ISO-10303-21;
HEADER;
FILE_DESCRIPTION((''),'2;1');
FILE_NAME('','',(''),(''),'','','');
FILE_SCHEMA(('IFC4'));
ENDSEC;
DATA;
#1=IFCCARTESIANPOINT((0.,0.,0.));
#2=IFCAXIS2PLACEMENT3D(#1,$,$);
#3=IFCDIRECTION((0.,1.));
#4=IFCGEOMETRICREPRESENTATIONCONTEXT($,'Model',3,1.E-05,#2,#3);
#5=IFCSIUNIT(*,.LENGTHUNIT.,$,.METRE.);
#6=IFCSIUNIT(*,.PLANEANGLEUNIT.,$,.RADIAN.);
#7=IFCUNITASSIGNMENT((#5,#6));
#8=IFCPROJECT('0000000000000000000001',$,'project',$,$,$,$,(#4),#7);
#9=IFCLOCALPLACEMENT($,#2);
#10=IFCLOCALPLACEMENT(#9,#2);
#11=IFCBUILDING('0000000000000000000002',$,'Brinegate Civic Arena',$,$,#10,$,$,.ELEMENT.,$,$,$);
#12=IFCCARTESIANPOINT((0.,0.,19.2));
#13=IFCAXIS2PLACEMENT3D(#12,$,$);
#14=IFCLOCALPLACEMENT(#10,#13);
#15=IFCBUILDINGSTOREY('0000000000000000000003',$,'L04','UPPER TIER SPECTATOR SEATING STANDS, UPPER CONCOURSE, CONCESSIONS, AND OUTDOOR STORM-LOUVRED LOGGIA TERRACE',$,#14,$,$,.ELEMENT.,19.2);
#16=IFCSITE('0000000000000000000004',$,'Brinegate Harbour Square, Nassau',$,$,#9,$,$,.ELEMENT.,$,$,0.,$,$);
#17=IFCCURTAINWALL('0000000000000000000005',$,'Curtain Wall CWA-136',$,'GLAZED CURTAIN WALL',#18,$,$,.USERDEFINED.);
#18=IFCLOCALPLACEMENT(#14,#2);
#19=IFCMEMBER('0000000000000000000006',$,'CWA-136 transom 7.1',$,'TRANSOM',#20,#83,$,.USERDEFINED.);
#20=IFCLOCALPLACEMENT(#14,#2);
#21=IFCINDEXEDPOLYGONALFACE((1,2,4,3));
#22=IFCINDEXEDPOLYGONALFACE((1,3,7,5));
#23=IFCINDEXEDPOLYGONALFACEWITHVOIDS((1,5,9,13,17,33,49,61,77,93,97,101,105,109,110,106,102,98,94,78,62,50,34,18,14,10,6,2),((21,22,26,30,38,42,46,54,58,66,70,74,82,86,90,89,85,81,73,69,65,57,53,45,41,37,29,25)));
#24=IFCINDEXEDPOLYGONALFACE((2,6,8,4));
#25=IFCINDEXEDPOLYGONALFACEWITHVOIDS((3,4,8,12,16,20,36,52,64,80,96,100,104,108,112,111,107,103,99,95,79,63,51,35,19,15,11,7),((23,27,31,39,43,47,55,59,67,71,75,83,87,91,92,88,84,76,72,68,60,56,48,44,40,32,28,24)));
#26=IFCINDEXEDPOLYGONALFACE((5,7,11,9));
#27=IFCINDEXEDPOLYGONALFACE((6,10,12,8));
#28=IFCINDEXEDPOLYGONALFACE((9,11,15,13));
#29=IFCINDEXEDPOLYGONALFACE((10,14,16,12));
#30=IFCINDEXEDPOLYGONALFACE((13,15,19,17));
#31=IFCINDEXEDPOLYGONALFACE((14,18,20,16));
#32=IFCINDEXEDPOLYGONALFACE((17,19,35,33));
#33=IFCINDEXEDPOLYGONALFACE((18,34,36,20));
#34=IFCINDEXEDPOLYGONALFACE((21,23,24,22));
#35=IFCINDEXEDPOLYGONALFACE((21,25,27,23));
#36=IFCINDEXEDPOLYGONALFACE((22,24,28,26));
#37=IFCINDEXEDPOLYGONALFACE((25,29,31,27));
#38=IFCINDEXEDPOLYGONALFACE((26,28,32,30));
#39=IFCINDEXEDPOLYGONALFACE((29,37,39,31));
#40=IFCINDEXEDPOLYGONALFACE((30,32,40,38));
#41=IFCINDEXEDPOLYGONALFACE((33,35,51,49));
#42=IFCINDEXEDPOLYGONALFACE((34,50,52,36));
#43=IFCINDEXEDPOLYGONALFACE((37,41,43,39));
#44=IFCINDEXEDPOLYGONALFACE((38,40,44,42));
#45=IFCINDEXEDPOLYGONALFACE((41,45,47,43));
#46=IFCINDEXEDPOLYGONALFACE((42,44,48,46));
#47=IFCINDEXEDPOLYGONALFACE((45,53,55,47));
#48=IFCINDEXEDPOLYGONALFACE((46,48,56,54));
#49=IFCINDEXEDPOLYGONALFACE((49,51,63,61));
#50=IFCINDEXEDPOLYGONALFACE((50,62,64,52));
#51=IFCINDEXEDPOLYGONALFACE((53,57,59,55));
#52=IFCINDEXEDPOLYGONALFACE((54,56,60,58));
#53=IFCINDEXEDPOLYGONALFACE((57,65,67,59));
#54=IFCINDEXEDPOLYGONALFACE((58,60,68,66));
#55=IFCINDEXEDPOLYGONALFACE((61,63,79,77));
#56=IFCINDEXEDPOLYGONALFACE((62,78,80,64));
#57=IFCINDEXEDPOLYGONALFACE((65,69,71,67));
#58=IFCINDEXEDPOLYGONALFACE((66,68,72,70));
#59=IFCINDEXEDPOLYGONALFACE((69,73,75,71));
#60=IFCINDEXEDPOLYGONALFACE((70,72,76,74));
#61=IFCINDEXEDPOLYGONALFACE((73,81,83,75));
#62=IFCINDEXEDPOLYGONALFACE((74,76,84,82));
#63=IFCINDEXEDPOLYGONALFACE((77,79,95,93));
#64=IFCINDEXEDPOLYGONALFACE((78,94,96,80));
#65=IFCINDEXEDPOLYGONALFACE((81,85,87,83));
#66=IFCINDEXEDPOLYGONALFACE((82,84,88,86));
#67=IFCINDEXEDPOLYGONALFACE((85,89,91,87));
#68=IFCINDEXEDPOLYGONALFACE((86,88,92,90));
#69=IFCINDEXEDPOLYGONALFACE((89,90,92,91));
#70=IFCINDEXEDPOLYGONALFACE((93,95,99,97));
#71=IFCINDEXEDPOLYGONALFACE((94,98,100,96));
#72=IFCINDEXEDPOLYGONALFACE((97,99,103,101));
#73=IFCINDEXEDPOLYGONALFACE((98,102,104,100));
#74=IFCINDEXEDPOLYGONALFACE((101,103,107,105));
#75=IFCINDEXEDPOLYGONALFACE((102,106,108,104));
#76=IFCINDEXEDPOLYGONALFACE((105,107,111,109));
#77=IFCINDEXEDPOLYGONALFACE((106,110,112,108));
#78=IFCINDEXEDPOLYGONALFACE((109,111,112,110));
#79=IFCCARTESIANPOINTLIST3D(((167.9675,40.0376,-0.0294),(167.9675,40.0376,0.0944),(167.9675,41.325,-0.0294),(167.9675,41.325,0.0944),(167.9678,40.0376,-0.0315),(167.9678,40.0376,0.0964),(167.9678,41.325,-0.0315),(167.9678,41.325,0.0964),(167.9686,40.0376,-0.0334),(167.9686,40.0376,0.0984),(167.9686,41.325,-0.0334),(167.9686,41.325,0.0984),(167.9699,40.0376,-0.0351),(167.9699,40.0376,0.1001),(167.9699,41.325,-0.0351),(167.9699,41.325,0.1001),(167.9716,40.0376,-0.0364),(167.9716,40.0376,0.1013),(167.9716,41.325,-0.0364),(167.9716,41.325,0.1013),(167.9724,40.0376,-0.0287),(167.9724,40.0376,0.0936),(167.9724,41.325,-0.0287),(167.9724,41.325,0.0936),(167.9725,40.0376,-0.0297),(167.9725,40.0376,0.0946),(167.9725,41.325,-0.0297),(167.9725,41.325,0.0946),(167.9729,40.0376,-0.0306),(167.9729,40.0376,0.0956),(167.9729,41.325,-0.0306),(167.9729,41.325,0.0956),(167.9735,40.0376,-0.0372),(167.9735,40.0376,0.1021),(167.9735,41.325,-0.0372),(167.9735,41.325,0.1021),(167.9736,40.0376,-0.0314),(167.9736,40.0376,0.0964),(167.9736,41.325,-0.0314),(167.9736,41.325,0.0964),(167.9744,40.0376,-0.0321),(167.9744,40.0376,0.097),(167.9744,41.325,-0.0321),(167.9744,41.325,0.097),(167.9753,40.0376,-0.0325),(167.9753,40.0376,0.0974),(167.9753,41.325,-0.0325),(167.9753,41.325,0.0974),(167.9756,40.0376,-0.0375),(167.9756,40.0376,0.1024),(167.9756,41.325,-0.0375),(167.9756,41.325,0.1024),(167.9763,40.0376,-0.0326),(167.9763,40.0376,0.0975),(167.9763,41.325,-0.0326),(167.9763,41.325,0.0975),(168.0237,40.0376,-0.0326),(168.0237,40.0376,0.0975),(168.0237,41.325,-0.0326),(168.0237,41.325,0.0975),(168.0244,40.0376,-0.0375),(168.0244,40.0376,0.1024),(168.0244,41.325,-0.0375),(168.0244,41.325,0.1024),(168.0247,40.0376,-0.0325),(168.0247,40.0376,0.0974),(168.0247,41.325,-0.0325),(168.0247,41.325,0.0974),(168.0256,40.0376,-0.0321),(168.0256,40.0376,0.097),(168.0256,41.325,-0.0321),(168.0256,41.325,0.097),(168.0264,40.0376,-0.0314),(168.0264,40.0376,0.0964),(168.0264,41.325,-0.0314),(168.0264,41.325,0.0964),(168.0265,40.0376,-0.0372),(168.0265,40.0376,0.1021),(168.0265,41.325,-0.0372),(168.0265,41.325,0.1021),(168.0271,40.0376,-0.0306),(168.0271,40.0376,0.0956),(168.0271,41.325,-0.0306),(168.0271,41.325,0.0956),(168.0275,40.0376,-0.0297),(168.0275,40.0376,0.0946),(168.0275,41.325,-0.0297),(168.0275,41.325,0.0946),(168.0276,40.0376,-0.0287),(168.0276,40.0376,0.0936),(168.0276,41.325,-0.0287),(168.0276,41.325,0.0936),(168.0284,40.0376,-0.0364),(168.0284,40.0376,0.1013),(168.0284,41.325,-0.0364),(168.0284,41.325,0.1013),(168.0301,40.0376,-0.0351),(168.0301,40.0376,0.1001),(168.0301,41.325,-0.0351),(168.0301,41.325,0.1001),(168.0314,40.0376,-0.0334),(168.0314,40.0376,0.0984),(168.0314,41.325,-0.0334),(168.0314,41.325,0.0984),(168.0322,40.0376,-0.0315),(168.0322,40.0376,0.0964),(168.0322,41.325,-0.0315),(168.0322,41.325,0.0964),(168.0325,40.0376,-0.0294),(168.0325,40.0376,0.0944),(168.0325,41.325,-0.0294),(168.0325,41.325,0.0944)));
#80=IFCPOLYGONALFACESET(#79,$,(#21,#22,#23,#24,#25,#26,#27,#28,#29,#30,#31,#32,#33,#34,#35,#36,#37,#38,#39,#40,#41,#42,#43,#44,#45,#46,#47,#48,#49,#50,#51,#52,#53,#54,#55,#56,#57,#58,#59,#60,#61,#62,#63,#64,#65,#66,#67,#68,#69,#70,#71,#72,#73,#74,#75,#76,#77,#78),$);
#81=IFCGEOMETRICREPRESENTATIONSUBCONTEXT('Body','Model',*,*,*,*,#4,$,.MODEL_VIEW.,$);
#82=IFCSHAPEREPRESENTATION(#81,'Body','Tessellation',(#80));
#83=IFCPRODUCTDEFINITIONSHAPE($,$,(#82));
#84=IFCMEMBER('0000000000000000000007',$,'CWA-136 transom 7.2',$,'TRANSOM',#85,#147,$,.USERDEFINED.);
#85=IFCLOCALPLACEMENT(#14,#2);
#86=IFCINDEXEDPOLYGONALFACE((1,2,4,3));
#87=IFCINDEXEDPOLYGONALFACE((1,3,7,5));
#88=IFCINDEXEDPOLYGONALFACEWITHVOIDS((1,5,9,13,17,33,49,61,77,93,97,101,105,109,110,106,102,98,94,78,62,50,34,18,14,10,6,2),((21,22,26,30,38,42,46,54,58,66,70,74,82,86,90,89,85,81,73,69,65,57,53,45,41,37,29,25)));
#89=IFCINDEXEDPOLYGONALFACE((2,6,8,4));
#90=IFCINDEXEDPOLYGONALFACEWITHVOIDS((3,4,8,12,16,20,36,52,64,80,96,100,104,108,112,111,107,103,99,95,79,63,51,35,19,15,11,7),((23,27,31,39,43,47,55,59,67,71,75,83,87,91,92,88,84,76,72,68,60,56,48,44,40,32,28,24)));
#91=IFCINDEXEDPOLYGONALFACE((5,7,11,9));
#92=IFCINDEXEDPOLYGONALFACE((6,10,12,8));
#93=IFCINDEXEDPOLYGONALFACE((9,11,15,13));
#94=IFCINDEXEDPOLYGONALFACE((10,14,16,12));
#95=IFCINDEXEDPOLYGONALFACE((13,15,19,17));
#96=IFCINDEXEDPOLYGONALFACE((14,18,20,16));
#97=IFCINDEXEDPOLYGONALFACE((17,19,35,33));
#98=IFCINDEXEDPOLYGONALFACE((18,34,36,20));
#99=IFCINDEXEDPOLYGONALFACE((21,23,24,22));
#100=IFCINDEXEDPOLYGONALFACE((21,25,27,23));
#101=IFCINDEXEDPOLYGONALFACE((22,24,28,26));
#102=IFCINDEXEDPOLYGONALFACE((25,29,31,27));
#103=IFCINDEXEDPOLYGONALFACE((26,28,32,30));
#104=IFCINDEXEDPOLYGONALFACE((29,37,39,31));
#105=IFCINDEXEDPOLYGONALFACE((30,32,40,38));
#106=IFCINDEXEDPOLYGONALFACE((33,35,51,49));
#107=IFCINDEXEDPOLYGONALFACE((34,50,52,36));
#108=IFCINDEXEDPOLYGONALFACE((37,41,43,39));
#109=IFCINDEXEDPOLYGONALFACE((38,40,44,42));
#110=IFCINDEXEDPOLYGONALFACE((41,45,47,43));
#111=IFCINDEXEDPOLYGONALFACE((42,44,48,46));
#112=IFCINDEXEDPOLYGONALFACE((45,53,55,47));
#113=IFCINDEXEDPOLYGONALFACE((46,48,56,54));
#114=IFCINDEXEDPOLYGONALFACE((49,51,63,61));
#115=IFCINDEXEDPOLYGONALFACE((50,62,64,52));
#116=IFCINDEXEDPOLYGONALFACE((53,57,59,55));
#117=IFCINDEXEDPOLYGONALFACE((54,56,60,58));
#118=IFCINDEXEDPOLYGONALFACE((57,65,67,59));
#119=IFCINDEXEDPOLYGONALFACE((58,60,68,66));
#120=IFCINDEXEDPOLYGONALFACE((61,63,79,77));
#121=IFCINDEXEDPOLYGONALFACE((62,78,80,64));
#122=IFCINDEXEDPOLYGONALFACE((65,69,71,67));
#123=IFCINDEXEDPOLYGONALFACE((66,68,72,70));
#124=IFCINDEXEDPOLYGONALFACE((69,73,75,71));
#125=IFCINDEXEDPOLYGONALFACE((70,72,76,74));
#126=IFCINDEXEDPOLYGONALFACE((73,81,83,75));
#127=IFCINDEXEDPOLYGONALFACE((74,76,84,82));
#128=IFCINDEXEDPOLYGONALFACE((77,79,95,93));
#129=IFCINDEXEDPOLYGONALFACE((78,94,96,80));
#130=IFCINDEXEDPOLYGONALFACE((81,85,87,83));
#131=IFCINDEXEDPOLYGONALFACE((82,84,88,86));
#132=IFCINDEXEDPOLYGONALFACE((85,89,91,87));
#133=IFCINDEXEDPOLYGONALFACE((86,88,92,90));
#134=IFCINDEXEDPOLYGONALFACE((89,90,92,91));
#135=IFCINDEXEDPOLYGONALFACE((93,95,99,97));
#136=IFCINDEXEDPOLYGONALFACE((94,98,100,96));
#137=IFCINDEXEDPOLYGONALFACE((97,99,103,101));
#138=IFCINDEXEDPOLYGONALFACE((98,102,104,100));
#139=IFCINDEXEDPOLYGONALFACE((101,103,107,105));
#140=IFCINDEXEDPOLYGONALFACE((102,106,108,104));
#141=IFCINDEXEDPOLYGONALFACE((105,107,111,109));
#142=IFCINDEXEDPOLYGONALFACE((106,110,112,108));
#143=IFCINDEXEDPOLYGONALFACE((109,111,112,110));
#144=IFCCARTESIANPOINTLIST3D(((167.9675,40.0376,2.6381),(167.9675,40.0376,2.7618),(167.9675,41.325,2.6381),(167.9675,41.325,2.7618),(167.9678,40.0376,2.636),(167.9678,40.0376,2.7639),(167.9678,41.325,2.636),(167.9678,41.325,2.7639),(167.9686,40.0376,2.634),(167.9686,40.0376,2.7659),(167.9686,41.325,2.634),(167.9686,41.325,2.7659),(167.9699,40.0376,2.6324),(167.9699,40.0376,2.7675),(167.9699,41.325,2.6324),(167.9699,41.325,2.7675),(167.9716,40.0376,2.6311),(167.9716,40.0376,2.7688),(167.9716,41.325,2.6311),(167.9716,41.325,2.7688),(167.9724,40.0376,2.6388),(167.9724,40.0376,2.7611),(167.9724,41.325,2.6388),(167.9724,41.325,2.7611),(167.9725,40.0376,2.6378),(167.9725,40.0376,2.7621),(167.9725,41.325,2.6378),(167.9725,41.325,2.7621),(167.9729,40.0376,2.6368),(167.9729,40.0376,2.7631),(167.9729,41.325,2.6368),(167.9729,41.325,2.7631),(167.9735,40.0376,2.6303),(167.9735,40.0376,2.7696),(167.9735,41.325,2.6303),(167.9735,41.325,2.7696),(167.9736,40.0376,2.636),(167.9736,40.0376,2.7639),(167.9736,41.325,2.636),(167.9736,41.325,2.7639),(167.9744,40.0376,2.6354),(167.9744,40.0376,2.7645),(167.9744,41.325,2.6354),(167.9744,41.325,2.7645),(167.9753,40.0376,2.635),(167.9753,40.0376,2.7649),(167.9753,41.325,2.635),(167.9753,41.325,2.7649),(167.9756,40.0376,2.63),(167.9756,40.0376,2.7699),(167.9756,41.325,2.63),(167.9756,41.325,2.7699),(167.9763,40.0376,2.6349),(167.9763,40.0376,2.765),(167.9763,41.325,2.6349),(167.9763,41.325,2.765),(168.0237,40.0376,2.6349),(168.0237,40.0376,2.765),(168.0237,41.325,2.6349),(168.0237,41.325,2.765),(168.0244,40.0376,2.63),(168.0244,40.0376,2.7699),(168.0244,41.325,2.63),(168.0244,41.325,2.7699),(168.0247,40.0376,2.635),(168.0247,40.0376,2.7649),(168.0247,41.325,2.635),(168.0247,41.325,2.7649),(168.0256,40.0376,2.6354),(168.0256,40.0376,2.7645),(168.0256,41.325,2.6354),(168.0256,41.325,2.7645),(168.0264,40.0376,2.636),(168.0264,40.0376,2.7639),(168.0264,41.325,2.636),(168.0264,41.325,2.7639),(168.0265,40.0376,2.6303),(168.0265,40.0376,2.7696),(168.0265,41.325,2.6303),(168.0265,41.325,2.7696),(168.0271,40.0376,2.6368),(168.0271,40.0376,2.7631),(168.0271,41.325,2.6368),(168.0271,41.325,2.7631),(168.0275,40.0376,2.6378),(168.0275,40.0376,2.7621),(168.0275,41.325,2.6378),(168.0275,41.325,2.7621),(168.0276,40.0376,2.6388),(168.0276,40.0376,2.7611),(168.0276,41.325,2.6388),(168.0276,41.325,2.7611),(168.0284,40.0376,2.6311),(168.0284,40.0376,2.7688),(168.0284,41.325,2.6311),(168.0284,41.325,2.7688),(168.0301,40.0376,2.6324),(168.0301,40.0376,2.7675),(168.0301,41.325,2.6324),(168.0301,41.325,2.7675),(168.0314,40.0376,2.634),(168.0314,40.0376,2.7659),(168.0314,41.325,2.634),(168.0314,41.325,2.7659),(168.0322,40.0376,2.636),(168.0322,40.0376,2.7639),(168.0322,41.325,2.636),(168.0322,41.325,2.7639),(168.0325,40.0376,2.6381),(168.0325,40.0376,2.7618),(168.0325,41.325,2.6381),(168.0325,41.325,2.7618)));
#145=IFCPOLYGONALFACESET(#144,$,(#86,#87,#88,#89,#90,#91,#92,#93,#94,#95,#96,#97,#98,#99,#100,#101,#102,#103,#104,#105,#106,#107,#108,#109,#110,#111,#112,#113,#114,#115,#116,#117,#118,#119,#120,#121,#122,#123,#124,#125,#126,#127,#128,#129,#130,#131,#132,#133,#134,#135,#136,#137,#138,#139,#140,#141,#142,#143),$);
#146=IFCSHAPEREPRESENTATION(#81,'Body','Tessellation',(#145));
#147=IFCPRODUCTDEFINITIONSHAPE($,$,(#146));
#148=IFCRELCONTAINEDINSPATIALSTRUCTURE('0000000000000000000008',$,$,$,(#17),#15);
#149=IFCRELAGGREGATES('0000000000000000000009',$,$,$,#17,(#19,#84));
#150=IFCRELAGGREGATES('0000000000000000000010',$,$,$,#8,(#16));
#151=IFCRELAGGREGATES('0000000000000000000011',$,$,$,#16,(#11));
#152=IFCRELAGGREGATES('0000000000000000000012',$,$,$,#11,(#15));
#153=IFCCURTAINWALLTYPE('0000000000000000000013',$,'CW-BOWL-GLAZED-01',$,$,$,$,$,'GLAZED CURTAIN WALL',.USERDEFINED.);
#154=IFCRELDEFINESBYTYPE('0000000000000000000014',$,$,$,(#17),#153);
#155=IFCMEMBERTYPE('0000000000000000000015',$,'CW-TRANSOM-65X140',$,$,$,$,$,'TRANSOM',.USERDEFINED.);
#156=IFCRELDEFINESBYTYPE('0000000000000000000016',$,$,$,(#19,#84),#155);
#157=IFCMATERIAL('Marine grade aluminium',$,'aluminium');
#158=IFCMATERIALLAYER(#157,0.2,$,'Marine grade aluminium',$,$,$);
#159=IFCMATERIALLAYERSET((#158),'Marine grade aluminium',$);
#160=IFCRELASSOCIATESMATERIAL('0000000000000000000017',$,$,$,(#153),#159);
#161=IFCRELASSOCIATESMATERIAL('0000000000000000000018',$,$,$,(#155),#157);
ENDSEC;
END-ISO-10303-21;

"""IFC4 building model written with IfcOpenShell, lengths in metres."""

from ifc_helpers import new_model, si_unit, direction, frame, origin, origin_2d, place, context, subcontext, project, spatial, hollow_rectangle, extrude, material, layer, layer_set, material_profile, profile_set, type_object, element, aggregate, save


model = new_model("IFC4")

# Units and contexts
model_context = context("Model", 3, precision=1e-05, world=origin(), true_north=direction((0.0, 1.0)))
body_context = subcontext(model_context, "Body", "Model", "MODEL_VIEW")
ifc_project = project(units=[si_unit("LENGTHUNIT", "METRE"), si_unit("PLANEANGLEUNIT", "RADIAN")], contexts=[model_context])

# Site, building, storey
site_placement = place(None, origin())
site = spatial("IfcSite", under=ifc_project, at=site_placement, Name="Brinegate Harbour Square, Nassau", CompositionType="ELEMENT", RefElevation=0.0)
building_placement = place(site_placement, origin())
building = spatial("IfcBuilding", under=site, at=building_placement, Name="Brinegate Civic Arena", CompositionType="ELEMENT")
storey_placement = place(building_placement, frame((0.0, 0.0, 19.2)))
storey = spatial("IfcBuildingStorey", under=building, at=storey_placement, Name="L04", Description="UPPER TIER SPECTATOR SEATING STANDS, UPPER CONCOURSE, CONCESSIONS, AND OUTDOOR STORM-LOUVRED LOGGIA TERRACE", CompositionType="ELEMENT", Elevation=19.2)

# Curtain wall, members
ifc_material_1 = material(Name="Marine grade aluminium", Category="aluminium")
ifc_layer_1 = layer(ifc_material_1, 0.2, Name="Marine grade aluminium")
ifc_layer_set_1 = layer_set([ifc_layer_1], Name="Marine grade aluminium")
curtain_wall_type = type_object("IfcCurtainWallType", Name="CW-BOWL-GLAZED-01", ElementType="GLAZED CURTAIN WALL", PredefinedType="USERDEFINED", material=ifc_layer_set_1)
curtain_wall_placement = place(storey_placement, origin())
curtain_wall = element("IfcCurtainWall", 1, at=curtain_wall_placement, inside=storey, type_object=curtain_wall_type, Name="Curtain Wall CWA-136", ObjectType="GLAZED CURTAIN WALL", PredefinedType="USERDEFINED")
ifc_material_profile_1 = material_profile(ifc_material_1, hollow_rectangle(XDim=0.0649, YDim=0.1399, WallThickness=0.0049, InnerFilletRadius=0.0039, OuterFilletRadius=0.0081, at=origin_2d()), Name="TRN65X140")
ifc_profile_set_1 = profile_set([ifc_material_profile_1], Name="Marine grade aluminium")
member_type_1 = type_object("IfcMemberType", Name="CW-TRANSOM-65X140", ElementType="TRANSOM", PredefinedType="USERDEFINED", material=ifc_profile_set_1)
member_1_placement = place(storey_placement, frame((168.0, 40.0376, 0.0325), z_axis=(0.0, 1.0, 0.0), x_axis=(-1.0, 0.0, 0.0)))
member_1 = element("IfcMember", 2, at=member_1_placement, type_object=member_type_1, Name="CWA-136 transom 7.1", ObjectType="TRANSOM", PredefinedType="USERDEFINED", context=body_context, shape_type="SweptSolid", body=[
    extrude(hollow_rectangle(XDim=0.0649, YDim=0.1399, WallThickness=0.0049, InnerFilletRadius=0.0039, OuterFilletRadius=0.0081, at=origin_2d()), origin(), (0.0, 0.0, 1.0), 1.2874),
])
member_2_placement = place(storey_placement, frame((168.0, 40.0376, 2.7), z_axis=(0.0, 1.0, 0.0), x_axis=(-1.0, 0.0, 0.0)))
member_2 = element("IfcMember", 3, at=member_2_placement, type_object=member_type_1, Name="CWA-136 transom 7.2", ObjectType="TRANSOM", PredefinedType="USERDEFINED", context=body_context, shape_type="SweptSolid", body=[
    extrude(hollow_rectangle(XDim=0.0649, YDim=0.1399, WallThickness=0.0049, InnerFilletRadius=0.0039, OuterFilletRadius=0.0081, at=origin_2d()), origin(), (0.0, 0.0, 1.0), 1.2874),
])

aggregate(curtain_wall, [member_1, member_2])

save(model, "model.ifc")
